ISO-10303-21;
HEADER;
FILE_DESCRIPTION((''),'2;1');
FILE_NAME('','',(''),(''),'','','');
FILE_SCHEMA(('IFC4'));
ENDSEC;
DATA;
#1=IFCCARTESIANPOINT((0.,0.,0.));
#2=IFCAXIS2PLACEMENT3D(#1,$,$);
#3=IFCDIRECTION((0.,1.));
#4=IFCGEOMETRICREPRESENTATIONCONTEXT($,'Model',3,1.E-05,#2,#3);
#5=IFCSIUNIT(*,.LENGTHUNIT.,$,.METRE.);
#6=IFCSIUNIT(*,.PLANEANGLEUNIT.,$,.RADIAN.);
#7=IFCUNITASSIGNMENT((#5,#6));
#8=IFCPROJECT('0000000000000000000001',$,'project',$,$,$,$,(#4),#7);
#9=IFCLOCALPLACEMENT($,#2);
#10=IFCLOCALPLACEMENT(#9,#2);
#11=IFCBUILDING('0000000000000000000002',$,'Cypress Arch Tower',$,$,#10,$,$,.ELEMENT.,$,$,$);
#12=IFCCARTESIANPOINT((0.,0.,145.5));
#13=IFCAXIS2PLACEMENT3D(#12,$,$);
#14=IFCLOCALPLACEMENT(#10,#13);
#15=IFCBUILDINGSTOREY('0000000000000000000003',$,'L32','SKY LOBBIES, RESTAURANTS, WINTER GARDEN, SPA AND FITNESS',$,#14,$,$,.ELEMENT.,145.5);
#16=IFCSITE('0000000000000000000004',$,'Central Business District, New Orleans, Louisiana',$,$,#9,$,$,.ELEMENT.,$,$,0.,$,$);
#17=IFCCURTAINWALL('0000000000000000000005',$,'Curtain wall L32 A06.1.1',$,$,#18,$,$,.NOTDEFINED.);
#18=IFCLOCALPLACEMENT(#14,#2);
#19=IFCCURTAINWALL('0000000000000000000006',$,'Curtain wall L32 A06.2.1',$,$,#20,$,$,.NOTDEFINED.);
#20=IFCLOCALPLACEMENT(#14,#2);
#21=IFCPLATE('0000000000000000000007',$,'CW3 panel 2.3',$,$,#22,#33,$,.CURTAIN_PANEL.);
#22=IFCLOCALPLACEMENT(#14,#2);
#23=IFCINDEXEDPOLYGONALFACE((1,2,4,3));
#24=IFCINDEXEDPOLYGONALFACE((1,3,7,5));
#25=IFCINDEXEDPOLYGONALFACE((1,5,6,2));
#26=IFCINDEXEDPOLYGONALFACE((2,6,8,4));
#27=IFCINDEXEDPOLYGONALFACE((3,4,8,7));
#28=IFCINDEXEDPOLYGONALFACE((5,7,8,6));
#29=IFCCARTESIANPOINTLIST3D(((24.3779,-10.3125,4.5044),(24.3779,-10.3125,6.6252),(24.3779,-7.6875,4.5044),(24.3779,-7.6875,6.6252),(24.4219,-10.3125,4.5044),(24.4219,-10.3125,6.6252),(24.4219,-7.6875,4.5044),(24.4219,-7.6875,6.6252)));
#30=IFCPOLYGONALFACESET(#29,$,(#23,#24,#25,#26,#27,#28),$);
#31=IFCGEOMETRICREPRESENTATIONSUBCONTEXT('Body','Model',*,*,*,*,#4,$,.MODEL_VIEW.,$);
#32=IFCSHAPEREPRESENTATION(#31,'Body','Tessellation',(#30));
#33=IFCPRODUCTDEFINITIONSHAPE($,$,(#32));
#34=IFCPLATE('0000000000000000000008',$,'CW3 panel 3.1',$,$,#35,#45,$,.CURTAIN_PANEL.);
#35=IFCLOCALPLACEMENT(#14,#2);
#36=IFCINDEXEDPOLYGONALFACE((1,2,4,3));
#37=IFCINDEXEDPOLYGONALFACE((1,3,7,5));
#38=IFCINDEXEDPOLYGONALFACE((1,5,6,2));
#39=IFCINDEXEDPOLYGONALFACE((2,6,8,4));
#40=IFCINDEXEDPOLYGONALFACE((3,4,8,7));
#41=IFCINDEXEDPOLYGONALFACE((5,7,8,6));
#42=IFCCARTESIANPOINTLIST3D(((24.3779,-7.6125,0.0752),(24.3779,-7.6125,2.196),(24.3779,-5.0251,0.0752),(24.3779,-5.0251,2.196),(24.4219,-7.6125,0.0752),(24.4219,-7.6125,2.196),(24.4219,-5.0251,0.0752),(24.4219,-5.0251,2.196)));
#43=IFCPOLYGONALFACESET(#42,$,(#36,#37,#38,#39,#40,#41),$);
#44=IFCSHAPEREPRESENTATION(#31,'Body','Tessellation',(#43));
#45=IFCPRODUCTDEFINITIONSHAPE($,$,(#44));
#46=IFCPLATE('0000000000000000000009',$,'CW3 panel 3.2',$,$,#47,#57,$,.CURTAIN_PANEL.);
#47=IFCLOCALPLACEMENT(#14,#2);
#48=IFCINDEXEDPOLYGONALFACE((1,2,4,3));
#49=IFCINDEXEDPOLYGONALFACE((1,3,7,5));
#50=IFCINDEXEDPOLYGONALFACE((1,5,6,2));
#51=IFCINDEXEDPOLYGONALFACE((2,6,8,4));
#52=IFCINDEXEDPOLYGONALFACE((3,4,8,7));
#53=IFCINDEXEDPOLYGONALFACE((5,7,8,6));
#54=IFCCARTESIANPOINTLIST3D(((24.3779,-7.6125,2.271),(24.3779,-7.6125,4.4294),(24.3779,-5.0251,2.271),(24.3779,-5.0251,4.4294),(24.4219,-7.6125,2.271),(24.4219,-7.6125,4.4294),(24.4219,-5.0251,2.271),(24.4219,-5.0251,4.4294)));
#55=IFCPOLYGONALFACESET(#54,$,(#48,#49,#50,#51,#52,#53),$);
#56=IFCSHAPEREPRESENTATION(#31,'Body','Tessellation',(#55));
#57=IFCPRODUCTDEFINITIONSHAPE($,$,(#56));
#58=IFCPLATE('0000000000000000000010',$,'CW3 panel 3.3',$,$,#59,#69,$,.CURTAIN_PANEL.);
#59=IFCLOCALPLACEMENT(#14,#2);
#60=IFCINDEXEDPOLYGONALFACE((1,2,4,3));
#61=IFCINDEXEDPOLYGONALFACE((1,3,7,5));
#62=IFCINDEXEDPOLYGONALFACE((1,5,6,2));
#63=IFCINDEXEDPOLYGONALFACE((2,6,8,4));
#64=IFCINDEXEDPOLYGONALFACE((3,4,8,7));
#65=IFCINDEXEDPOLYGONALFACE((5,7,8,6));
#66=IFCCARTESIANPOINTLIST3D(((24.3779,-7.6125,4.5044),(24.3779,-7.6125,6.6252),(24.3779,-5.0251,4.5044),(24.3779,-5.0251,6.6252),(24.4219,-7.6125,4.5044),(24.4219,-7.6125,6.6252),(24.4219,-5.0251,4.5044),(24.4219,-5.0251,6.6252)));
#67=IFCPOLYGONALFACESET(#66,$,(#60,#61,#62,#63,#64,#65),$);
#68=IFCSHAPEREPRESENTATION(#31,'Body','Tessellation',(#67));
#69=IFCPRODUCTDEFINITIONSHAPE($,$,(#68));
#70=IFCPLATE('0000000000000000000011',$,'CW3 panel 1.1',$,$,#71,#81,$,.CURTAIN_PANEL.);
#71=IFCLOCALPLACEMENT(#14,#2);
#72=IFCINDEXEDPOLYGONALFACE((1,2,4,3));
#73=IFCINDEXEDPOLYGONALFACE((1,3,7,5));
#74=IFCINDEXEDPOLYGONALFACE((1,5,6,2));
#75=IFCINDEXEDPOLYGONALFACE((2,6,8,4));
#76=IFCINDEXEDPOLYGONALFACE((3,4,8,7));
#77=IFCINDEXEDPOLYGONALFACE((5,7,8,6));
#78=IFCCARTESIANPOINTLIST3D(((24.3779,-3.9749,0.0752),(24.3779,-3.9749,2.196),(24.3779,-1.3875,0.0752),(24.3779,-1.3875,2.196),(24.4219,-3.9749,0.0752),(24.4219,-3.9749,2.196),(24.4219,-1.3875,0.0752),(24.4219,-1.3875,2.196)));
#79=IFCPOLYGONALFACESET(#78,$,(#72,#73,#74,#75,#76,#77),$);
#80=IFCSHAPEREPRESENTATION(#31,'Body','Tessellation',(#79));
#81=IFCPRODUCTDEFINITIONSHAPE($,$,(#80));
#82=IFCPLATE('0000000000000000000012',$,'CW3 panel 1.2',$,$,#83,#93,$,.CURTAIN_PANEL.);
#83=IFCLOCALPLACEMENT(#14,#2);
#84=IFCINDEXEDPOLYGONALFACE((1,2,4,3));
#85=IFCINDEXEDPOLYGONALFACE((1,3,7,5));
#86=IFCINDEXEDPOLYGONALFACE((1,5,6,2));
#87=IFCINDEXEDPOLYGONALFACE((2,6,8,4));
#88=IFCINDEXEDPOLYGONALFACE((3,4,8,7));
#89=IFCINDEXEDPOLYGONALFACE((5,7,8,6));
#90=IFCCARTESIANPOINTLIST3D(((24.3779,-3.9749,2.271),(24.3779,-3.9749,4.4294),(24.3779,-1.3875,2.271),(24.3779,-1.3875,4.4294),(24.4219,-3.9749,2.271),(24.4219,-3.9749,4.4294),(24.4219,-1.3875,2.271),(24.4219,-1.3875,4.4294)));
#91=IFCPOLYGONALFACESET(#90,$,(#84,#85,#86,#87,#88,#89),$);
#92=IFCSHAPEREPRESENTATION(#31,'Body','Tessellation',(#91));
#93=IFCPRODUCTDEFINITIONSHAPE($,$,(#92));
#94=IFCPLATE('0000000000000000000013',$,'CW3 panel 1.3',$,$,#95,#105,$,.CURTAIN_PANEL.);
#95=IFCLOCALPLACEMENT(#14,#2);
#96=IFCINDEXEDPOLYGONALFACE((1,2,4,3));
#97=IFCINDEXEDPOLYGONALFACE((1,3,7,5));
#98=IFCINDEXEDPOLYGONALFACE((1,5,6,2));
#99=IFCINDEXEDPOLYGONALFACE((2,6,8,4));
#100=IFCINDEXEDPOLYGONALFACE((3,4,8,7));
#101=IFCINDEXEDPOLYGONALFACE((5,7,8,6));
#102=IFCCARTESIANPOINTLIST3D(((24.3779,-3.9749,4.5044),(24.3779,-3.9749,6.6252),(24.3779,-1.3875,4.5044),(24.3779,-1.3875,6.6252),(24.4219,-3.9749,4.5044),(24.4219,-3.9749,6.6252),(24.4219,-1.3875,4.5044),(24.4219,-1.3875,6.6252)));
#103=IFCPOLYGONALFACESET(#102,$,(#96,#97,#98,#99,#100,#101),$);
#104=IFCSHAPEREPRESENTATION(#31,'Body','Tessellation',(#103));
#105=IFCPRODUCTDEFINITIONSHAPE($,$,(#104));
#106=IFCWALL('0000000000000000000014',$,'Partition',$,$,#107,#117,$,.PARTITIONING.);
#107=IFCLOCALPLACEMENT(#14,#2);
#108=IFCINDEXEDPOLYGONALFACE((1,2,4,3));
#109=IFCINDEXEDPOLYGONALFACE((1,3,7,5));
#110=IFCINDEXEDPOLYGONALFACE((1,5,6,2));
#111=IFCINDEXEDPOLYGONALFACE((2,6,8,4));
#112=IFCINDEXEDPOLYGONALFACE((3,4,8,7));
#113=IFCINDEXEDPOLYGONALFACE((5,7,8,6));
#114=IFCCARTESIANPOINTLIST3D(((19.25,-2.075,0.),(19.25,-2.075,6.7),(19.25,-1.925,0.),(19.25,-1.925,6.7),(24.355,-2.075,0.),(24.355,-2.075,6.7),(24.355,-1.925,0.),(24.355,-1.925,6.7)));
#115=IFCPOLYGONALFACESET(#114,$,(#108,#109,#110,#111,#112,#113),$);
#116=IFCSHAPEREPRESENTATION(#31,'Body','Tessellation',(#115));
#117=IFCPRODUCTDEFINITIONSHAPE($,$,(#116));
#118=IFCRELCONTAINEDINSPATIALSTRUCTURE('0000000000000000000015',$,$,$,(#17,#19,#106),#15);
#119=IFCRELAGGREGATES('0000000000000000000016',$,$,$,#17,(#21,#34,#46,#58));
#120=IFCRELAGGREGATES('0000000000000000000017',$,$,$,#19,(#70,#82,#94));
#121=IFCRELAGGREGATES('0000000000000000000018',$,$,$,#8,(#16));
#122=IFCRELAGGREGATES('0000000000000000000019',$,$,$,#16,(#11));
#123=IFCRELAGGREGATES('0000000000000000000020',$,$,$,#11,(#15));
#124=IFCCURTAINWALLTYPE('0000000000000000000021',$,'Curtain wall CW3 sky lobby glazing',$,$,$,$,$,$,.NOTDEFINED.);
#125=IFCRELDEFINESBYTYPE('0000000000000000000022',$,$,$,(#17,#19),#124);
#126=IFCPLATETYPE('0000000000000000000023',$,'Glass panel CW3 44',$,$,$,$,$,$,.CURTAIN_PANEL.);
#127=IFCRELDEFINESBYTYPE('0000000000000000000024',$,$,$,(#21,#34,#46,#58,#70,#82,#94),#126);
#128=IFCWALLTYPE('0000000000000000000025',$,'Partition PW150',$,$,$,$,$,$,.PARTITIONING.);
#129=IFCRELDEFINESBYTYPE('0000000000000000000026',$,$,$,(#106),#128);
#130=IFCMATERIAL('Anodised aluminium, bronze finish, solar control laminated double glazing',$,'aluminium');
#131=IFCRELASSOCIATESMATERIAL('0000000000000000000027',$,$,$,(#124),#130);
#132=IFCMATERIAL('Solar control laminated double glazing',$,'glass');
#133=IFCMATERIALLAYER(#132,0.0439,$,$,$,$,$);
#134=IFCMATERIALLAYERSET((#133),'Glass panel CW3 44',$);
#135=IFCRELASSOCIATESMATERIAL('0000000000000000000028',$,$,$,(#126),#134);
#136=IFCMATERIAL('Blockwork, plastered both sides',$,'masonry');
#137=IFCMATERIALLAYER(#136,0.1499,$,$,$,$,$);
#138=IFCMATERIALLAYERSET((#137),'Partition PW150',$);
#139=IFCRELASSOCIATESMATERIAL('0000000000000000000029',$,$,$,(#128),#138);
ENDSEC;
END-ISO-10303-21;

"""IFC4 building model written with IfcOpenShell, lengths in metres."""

from ifc_helpers import new_model, si_unit, direction, frame, frame_2d, origin, origin_2d, place, context, subcontext, project, spatial, rectangle, extrude, material, layer, layer_set, type_object, element, aggregate, save


model = new_model("IFC4")

# Units and contexts
model_context = context("Model", 3, precision=1e-05, world=origin(), true_north=direction((0.0, 1.0)))
body_context = subcontext(model_context, "Body", "Model", "MODEL_VIEW")
ifc_project = project(units=[si_unit("LENGTHUNIT", "METRE"), si_unit("PLANEANGLEUNIT", "RADIAN")], contexts=[model_context])

# Site, building, storey
site_placement = place(None, origin())
site = spatial("IfcSite", under=ifc_project, at=site_placement, Name="Central Business District, New Orleans, Louisiana", CompositionType="ELEMENT", RefElevation=0.0)
building_placement = place(site_placement, origin())
building = spatial("IfcBuilding", under=site, at=building_placement, Name="Cypress Arch Tower", CompositionType="ELEMENT")
storey_placement = place(building_placement, frame((0.0, 0.0, 145.5)))
storey = spatial("IfcBuildingStorey", under=building, at=storey_placement, Name="L32", Description="SKY LOBBIES, RESTAURANTS, WINTER GARDEN, SPA AND FITNESS", CompositionType="ELEMENT", Elevation=145.5)

# Curtain walls
ifc_material_1 = material(Name="Anodised aluminium, bronze finish, solar control laminated double glazing", Category="aluminium")
curtain_wall_type = type_object("IfcCurtainWallType", Name="Curtain wall CW3 sky lobby glazing", PredefinedType="NOTDEFINED", material=ifc_material_1)
curtain_wall_1_placement = place(storey_placement, origin())
curtain_wall_1 = element("IfcCurtainWall", 1, at=curtain_wall_1_placement, inside=storey, type_object=curtain_wall_type, Name="Curtain wall L32 A06.1.1", PredefinedType="NOTDEFINED")
curtain_wall_2_placement = place(storey_placement, origin())
curtain_wall_2 = element("IfcCurtainWall", 2, at=curtain_wall_2_placement, inside=storey, type_object=curtain_wall_type, Name="Curtain wall L32 A06.2.1", PredefinedType="NOTDEFINED")

# Plates
ifc_material_2 = material(Name="Solar control laminated double glazing", Category="glass")
ifc_layer_1 = layer(ifc_material_2, 0.0439)
ifc_layer_set_1 = layer_set([ifc_layer_1], Name="Glass panel CW3 44")
plate_type = type_object("IfcPlateType", Name="Glass panel CW3 44", PredefinedType="CURTAIN_PANEL", material=ifc_layer_set_1)
plate_1_placement = place(storey_placement, frame((24.3999, -9.0, 4.5044), z_axis=(0.0, 0.0, 1.0), x_axis=(0.0, 1.0, 0.0)))
plate_1 = element("IfcPlate", 3, at=plate_1_placement, type_object=plate_type, Name="CW3 panel 2.3", PredefinedType="CURTAIN_PANEL", context=body_context, shape_type="SweptSolid", body=[
    extrude(rectangle(XDim=2.625, YDim=0.0439, at=origin_2d()), origin(), (0.0, 0.0, 1.0), 2.1208),
])
plate_2_placement = place(storey_placement, frame((24.3999, -6.3188, 0.0752), z_axis=(0.0, 0.0, 1.0), x_axis=(0.0, 1.0, 0.0)))
plate_2 = element("IfcPlate", 4, at=plate_2_placement, type_object=plate_type, Name="CW3 panel 3.1", PredefinedType="CURTAIN_PANEL", context=body_context, shape_type="SweptSolid", body=[
    extrude(rectangle(XDim=2.5874, YDim=0.0439, at=origin_2d()), origin(), (0.0, 0.0, 1.0), 2.1208),
])
plate_3_placement = place(storey_placement, frame((24.3999, -6.3188, 2.271), z_axis=(0.0, 0.0, 1.0), x_axis=(0.0, 1.0, 0.0)))
plate_3 = element("IfcPlate", 5, at=plate_3_placement, type_object=plate_type, Name="CW3 panel 3.2", PredefinedType="CURTAIN_PANEL", context=body_context, shape_type="SweptSolid", body=[
    extrude(rectangle(XDim=2.5874, YDim=0.0439, at=origin_2d()), origin(), (0.0, 0.0, 1.0), 2.1584),
])
plate_4_placement = place(storey_placement, frame((24.3999, -6.3188, 4.5044), z_axis=(0.0, 0.0, 1.0), x_axis=(0.0, 1.0, 0.0)))
plate_4 = element("IfcPlate", 6, at=plate_4_placement, type_object=plate_type, Name="CW3 panel 3.3", PredefinedType="CURTAIN_PANEL", context=body_context, shape_type="SweptSolid", body=[
    extrude(rectangle(XDim=2.5874, YDim=0.0439, at=origin_2d()), origin(), (0.0, 0.0, 1.0), 2.1208),
])
aggregate(curtain_wall_1, [plate_1, plate_2, plate_3, plate_4])
plate_5_placement = place(storey_placement, frame((24.3999, -2.6812, 0.0752), z_axis=(0.0, 0.0, 1.0), x_axis=(0.0, 1.0, 0.0)))
plate_5 = element("IfcPlate", 7, at=plate_5_placement, type_object=plate_type, Name="CW3 panel 1.1", PredefinedType="CURTAIN_PANEL", context=body_context, shape_type="SweptSolid", body=[
    extrude(rectangle(XDim=2.5874, YDim=0.0439, at=origin_2d()), origin(), (0.0, 0.0, 1.0), 2.1208),
])
plate_6_placement = place(storey_placement, frame((24.3999, -2.6812, 2.271), z_axis=(0.0, 0.0, 1.0), x_axis=(0.0, 1.0, 0.0)))
plate_6 = element("IfcPlate", 8, at=plate_6_placement, type_object=plate_type, Name="CW3 panel 1.2", PredefinedType="CURTAIN_PANEL", context=body_context, shape_type="SweptSolid", body=[
    extrude(rectangle(XDim=2.5874, YDim=0.0439, at=origin_2d()), origin(), (0.0, 0.0, 1.0), 2.1584),
])
plate_7_placement = place(storey_placement, frame((24.3999, -2.6812, 4.5044), z_axis=(0.0, 0.0, 1.0), x_axis=(0.0, 1.0, 0.0)))
plate_7 = element("IfcPlate", 9, at=plate_7_placement, type_object=plate_type, Name="CW3 panel 1.3", PredefinedType="CURTAIN_PANEL", context=body_context, shape_type="SweptSolid", body=[
    extrude(rectangle(XDim=2.5874, YDim=0.0439, at=origin_2d()), origin(), (0.0, 0.0, 1.0), 2.1208),
])
aggregate(curtain_wall_2, [plate_5, plate_6, plate_7])

# Wall
ifc_material_3 = material(Name="Blockwork, plastered both sides", Category="masonry")
ifc_layer_2 = layer(ifc_material_3, 0.1499)
ifc_layer_set_2 = layer_set([ifc_layer_2], Name="Partition PW150")
wall_type = type_object("IfcWallType", Name="Partition PW150", PredefinedType="PARTITIONING", material=ifc_layer_set_2)
wall_placement = place(storey_placement, frame((19.25, -2.0, 0.0), z_axis=(0.0, 0.0, 1.0), x_axis=(1.0, 0.0, 0.0)))
element("IfcWall", 10, at=wall_placement, inside=storey, type_object=wall_type, Name="Partition", PredefinedType="PARTITIONING", context=body_context, shape_type="SweptSolid", body=[
    extrude(rectangle(XDim=5.105, YDim=0.1499, at=frame_2d((2.5525, 0.0))), origin(), (0.0, 0.0, 1.0), 6.7),
])

save(model, "model.ifc")
